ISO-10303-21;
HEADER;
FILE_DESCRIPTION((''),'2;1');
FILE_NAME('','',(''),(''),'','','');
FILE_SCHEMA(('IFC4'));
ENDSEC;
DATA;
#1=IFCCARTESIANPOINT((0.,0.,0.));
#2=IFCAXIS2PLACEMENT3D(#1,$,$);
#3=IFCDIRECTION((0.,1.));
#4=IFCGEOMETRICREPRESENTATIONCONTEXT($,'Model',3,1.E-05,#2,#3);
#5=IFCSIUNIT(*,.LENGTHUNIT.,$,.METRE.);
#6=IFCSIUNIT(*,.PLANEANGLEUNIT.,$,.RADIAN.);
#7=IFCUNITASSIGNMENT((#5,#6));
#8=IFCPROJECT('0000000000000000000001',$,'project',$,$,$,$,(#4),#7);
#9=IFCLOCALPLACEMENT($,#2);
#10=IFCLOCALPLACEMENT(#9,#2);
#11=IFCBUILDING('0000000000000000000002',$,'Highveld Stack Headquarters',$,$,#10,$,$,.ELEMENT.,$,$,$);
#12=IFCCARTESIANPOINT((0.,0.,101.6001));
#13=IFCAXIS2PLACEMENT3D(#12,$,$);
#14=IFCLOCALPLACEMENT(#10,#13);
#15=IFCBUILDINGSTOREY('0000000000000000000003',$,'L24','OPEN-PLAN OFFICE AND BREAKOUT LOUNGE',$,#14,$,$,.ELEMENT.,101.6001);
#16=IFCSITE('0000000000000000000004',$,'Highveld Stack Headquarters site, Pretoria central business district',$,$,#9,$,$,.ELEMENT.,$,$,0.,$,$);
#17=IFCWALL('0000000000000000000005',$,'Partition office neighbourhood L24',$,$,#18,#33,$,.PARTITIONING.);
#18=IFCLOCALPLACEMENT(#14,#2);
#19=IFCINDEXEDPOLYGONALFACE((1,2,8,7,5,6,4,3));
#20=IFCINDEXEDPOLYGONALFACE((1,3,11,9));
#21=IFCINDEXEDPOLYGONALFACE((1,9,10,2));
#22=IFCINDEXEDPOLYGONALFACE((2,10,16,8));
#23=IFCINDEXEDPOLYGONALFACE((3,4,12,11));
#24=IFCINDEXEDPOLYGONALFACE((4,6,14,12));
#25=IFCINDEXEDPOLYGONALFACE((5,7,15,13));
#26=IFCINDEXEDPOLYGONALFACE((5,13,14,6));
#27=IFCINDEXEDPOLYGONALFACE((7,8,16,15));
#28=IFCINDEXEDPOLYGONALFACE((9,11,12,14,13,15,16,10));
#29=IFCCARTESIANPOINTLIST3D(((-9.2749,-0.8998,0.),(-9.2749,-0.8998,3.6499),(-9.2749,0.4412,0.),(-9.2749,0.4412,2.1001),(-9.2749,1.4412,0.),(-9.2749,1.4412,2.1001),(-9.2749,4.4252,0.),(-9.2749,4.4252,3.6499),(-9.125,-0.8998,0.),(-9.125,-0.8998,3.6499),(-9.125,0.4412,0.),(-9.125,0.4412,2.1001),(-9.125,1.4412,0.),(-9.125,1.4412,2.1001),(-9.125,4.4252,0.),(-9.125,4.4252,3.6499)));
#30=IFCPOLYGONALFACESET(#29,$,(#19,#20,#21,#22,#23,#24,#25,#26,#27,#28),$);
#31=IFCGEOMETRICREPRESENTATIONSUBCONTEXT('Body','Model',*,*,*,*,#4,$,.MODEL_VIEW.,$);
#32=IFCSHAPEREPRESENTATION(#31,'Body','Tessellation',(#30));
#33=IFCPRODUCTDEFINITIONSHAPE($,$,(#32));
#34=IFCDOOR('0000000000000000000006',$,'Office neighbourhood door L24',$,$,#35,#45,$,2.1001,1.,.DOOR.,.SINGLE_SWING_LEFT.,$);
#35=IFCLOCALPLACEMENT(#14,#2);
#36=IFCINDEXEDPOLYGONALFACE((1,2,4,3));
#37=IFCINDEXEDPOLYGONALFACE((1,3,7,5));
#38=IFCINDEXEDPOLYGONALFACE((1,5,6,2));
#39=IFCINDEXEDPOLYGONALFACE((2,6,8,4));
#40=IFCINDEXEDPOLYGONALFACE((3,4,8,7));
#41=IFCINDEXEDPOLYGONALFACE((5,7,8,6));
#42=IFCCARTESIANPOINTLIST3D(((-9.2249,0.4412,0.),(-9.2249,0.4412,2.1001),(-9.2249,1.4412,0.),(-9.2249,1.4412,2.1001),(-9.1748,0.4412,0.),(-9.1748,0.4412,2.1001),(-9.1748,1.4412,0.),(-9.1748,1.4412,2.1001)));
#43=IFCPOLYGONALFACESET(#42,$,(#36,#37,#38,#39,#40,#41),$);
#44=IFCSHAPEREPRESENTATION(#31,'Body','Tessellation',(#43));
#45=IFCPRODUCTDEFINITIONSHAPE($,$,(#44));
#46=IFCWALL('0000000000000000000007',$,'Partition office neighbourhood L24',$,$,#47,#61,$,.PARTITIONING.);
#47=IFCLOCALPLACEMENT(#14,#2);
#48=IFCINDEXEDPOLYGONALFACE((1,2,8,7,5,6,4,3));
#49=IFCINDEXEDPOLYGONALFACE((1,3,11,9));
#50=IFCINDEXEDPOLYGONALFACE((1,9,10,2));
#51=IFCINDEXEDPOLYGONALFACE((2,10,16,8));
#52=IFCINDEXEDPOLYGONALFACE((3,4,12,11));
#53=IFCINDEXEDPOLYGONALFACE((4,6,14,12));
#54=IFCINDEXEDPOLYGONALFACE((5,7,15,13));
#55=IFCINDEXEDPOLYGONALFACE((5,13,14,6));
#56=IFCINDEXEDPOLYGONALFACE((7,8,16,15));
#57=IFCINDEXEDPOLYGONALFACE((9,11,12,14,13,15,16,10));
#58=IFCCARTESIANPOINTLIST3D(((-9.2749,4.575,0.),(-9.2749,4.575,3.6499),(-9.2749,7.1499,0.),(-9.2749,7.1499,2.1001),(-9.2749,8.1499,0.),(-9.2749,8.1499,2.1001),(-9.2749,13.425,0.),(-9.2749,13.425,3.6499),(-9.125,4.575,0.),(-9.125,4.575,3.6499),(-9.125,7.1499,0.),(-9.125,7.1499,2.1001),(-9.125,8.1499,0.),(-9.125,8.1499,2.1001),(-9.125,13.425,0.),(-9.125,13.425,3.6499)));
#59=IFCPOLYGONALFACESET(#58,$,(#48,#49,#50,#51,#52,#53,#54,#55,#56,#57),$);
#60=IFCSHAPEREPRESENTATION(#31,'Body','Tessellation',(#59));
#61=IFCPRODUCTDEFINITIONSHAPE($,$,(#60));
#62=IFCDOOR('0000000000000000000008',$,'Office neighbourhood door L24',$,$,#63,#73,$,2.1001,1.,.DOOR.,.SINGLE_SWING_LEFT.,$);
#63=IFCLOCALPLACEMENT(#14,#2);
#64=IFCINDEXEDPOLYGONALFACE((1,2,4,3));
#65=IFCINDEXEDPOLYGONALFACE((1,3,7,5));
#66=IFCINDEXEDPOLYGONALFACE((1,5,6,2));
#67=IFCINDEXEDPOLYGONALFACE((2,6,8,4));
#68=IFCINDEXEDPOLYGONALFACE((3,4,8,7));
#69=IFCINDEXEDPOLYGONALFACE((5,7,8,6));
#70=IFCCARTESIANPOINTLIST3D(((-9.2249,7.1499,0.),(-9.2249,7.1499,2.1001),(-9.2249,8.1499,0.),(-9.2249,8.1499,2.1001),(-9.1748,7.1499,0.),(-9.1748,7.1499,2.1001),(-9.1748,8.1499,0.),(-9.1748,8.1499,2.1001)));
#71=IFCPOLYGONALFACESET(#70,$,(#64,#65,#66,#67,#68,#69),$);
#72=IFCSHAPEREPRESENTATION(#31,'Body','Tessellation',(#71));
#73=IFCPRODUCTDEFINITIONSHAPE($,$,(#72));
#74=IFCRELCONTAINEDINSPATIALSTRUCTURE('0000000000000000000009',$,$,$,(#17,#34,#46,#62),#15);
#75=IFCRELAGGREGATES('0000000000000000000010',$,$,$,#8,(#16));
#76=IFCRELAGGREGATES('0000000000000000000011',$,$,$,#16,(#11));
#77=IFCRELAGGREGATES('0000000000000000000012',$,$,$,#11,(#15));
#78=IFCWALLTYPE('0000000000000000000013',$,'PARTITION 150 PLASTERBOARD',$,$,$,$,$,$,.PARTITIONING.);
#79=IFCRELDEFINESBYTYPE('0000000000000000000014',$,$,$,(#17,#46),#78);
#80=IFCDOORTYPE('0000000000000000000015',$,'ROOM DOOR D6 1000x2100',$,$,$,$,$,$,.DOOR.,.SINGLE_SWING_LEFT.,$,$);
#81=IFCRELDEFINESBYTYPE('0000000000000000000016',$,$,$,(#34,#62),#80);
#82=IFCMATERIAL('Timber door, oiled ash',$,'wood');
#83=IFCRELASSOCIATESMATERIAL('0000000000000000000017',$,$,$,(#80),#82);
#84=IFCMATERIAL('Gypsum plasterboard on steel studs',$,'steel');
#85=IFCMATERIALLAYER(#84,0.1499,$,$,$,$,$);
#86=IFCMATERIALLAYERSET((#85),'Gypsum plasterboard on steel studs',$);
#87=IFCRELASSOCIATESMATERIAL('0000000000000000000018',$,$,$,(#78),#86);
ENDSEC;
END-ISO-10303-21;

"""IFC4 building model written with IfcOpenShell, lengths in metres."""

from ifc_helpers import new_model, si_unit, direction, frame, frame_2d, origin, place, context, subcontext, project, spatial, rectangle, extrude, material, layer, layer_set, type_object, element, fill, save


model = new_model("IFC4")

# Units and contexts
model_context = context("Model", 3, precision=1e-05, world=origin(), true_north=direction((0.0, 1.0)))
body_context = subcontext(model_context, "Body", "Model", "MODEL_VIEW")
ifc_project = project(units=[si_unit("LENGTHUNIT", "METRE"), si_unit("PLANEANGLEUNIT", "RADIAN")], contexts=[model_context])

# Site, building, storey
site_placement = place(None, origin())
site = spatial("IfcSite", under=ifc_project, at=site_placement, Name="Highveld Stack Headquarters site, Pretoria central business district", CompositionType="ELEMENT", RefElevation=0.0)
building_placement = place(site_placement, origin())
building = spatial("IfcBuilding", under=site, at=building_placement, Name="Highveld Stack Headquarters", CompositionType="ELEMENT")
storey_placement = place(building_placement, frame((0.0, 0.0, 101.6001)))
storey = spatial("IfcBuildingStorey", under=building, at=storey_placement, Name="L24", Description="OPEN-PLAN OFFICE AND BREAKOUT LOUNGE", CompositionType="ELEMENT", Elevation=101.6001)

# Shared definitions
ifc_material_1 = material(Name="Timber door, oiled ash", Category="wood")
door_type = type_object("IfcDoorType", Name="ROOM DOOR D6 1000x2100", OperationType="SINGLE_SWING_LEFT", PredefinedType="DOOR", material=ifc_material_1)

# Shared definitions
ifc_material_2 = material(Name="Gypsum plasterboard on steel studs", Category="steel")
ifc_layer_1 = layer(ifc_material_2, 0.1499)
ifc_layer_set_1 = layer_set([ifc_layer_1], Name="Gypsum plasterboard on steel studs")
wall_type_1 = type_object("IfcWallType", Name="PARTITION 150 PLASTERBOARD", PredefinedType="PARTITIONING", material=ifc_layer_set_1)

# Walls, openings, doors
wall_1_placement = place(storey_placement, frame((-9.2, -0.8999, 0.0), z_axis=(0.0, 0.0, 1.0), x_axis=(0.0, 1.0, 0.0)))
wall_1 = element("IfcWall", 1, at=wall_1_placement, inside=storey, type_object=wall_type_1, Name="Partition office neighbourhood L24", PredefinedType="PARTITIONING", context=body_context, shape_type="SweptSolid", body=[
    extrude(rectangle(XDim=5.325, YDim=0.1499, at=frame_2d((2.6626, 0.0))), origin(), (0.0, 0.0, 1.0), 3.6499),
])
opening_1_placement = place(wall_1_placement, frame((1.3411, 0.0, 0.0)))
opening_1 = element("IfcOpeningElement", 2, at=opening_1_placement, cuts=wall_1, PredefinedType="OPENING", context=body_context, shape_type="SweptSolid", body=[
    extrude(rectangle(XDim=1.0, YDim=2.1001, at=frame_2d((0.5, 1.05))), frame((0.0, 0.085, 0.0), z_axis=(0.0, -1.0, 0.0), x_axis=(1.0, 0.0, 0.0)), (0.0, 0.0, 1.0), 0.1699),
])
door_1_placement = place(opening_1_placement, origin())
door_1 = element("IfcDoor", 3, at=door_1_placement, inside=storey, type_object=door_type, Name="Office neighbourhood door L24", OperationType="SINGLE_SWING_LEFT", OverallHeight=2.1001, OverallWidth=1.0, PredefinedType="DOOR", context=body_context, shape_type="SweptSolid", body=[
    extrude(rectangle(XDim=1.0, YDim=2.1001, at=frame_2d((0.5, 1.05))), frame((0.0, 0.0249, 0.0), z_axis=(0.0, -1.0, 0.0), x_axis=(1.0, 0.0, 0.0)), (0.0, 0.0, 1.0), 0.05),
])
fill(opening_1, door_1)
wall_2_placement = place(storey_placement, frame((-9.2, 4.575, 0.0), z_axis=(0.0, 0.0, 1.0), x_axis=(0.0, 1.0, 0.0)))
wall_2 = element("IfcWall", 4, at=wall_2_placement, inside=storey, type_object=wall_type_1, Name="Partition office neighbourhood L24", PredefinedType="PARTITIONING", context=body_context, shape_type="SweptSolid", body=[
    extrude(rectangle(XDim=8.8501, YDim=0.1499, at=frame_2d((4.425, 0.0))), origin(), (0.0, 0.0, 1.0), 3.6499),
])
opening_2_placement = place(wall_2_placement, frame((2.575, 0.0, 0.0)))
opening_2 = element("IfcOpeningElement", 5, at=opening_2_placement, cuts=wall_2, PredefinedType="OPENING", context=body_context, shape_type="SweptSolid", body=[
    extrude(rectangle(XDim=1.0, YDim=2.1001, at=frame_2d((0.5, 1.05))), frame((0.0, 0.085, 0.0), z_axis=(0.0, -1.0, 0.0), x_axis=(1.0, 0.0, 0.0)), (0.0, 0.0, 1.0), 0.1699),
])
door_2_placement = place(opening_2_placement, origin())
door_2 = element("IfcDoor", 6, at=door_2_placement, inside=storey, type_object=door_type, Name="Office neighbourhood door L24", OperationType="SINGLE_SWING_LEFT", OverallHeight=2.1001, OverallWidth=1.0, PredefinedType="DOOR", context=body_context, shape_type="SweptSolid", body=[
    extrude(rectangle(XDim=1.0, YDim=2.1001, at=frame_2d((0.5, 1.05))), frame((0.0, 0.0249, 0.0), z_axis=(0.0, -1.0, 0.0), x_axis=(1.0, 0.0, 0.0)), (0.0, 0.0, 1.0), 0.05),
])
fill(opening_2, door_2)

save(model, "model.ifc")
